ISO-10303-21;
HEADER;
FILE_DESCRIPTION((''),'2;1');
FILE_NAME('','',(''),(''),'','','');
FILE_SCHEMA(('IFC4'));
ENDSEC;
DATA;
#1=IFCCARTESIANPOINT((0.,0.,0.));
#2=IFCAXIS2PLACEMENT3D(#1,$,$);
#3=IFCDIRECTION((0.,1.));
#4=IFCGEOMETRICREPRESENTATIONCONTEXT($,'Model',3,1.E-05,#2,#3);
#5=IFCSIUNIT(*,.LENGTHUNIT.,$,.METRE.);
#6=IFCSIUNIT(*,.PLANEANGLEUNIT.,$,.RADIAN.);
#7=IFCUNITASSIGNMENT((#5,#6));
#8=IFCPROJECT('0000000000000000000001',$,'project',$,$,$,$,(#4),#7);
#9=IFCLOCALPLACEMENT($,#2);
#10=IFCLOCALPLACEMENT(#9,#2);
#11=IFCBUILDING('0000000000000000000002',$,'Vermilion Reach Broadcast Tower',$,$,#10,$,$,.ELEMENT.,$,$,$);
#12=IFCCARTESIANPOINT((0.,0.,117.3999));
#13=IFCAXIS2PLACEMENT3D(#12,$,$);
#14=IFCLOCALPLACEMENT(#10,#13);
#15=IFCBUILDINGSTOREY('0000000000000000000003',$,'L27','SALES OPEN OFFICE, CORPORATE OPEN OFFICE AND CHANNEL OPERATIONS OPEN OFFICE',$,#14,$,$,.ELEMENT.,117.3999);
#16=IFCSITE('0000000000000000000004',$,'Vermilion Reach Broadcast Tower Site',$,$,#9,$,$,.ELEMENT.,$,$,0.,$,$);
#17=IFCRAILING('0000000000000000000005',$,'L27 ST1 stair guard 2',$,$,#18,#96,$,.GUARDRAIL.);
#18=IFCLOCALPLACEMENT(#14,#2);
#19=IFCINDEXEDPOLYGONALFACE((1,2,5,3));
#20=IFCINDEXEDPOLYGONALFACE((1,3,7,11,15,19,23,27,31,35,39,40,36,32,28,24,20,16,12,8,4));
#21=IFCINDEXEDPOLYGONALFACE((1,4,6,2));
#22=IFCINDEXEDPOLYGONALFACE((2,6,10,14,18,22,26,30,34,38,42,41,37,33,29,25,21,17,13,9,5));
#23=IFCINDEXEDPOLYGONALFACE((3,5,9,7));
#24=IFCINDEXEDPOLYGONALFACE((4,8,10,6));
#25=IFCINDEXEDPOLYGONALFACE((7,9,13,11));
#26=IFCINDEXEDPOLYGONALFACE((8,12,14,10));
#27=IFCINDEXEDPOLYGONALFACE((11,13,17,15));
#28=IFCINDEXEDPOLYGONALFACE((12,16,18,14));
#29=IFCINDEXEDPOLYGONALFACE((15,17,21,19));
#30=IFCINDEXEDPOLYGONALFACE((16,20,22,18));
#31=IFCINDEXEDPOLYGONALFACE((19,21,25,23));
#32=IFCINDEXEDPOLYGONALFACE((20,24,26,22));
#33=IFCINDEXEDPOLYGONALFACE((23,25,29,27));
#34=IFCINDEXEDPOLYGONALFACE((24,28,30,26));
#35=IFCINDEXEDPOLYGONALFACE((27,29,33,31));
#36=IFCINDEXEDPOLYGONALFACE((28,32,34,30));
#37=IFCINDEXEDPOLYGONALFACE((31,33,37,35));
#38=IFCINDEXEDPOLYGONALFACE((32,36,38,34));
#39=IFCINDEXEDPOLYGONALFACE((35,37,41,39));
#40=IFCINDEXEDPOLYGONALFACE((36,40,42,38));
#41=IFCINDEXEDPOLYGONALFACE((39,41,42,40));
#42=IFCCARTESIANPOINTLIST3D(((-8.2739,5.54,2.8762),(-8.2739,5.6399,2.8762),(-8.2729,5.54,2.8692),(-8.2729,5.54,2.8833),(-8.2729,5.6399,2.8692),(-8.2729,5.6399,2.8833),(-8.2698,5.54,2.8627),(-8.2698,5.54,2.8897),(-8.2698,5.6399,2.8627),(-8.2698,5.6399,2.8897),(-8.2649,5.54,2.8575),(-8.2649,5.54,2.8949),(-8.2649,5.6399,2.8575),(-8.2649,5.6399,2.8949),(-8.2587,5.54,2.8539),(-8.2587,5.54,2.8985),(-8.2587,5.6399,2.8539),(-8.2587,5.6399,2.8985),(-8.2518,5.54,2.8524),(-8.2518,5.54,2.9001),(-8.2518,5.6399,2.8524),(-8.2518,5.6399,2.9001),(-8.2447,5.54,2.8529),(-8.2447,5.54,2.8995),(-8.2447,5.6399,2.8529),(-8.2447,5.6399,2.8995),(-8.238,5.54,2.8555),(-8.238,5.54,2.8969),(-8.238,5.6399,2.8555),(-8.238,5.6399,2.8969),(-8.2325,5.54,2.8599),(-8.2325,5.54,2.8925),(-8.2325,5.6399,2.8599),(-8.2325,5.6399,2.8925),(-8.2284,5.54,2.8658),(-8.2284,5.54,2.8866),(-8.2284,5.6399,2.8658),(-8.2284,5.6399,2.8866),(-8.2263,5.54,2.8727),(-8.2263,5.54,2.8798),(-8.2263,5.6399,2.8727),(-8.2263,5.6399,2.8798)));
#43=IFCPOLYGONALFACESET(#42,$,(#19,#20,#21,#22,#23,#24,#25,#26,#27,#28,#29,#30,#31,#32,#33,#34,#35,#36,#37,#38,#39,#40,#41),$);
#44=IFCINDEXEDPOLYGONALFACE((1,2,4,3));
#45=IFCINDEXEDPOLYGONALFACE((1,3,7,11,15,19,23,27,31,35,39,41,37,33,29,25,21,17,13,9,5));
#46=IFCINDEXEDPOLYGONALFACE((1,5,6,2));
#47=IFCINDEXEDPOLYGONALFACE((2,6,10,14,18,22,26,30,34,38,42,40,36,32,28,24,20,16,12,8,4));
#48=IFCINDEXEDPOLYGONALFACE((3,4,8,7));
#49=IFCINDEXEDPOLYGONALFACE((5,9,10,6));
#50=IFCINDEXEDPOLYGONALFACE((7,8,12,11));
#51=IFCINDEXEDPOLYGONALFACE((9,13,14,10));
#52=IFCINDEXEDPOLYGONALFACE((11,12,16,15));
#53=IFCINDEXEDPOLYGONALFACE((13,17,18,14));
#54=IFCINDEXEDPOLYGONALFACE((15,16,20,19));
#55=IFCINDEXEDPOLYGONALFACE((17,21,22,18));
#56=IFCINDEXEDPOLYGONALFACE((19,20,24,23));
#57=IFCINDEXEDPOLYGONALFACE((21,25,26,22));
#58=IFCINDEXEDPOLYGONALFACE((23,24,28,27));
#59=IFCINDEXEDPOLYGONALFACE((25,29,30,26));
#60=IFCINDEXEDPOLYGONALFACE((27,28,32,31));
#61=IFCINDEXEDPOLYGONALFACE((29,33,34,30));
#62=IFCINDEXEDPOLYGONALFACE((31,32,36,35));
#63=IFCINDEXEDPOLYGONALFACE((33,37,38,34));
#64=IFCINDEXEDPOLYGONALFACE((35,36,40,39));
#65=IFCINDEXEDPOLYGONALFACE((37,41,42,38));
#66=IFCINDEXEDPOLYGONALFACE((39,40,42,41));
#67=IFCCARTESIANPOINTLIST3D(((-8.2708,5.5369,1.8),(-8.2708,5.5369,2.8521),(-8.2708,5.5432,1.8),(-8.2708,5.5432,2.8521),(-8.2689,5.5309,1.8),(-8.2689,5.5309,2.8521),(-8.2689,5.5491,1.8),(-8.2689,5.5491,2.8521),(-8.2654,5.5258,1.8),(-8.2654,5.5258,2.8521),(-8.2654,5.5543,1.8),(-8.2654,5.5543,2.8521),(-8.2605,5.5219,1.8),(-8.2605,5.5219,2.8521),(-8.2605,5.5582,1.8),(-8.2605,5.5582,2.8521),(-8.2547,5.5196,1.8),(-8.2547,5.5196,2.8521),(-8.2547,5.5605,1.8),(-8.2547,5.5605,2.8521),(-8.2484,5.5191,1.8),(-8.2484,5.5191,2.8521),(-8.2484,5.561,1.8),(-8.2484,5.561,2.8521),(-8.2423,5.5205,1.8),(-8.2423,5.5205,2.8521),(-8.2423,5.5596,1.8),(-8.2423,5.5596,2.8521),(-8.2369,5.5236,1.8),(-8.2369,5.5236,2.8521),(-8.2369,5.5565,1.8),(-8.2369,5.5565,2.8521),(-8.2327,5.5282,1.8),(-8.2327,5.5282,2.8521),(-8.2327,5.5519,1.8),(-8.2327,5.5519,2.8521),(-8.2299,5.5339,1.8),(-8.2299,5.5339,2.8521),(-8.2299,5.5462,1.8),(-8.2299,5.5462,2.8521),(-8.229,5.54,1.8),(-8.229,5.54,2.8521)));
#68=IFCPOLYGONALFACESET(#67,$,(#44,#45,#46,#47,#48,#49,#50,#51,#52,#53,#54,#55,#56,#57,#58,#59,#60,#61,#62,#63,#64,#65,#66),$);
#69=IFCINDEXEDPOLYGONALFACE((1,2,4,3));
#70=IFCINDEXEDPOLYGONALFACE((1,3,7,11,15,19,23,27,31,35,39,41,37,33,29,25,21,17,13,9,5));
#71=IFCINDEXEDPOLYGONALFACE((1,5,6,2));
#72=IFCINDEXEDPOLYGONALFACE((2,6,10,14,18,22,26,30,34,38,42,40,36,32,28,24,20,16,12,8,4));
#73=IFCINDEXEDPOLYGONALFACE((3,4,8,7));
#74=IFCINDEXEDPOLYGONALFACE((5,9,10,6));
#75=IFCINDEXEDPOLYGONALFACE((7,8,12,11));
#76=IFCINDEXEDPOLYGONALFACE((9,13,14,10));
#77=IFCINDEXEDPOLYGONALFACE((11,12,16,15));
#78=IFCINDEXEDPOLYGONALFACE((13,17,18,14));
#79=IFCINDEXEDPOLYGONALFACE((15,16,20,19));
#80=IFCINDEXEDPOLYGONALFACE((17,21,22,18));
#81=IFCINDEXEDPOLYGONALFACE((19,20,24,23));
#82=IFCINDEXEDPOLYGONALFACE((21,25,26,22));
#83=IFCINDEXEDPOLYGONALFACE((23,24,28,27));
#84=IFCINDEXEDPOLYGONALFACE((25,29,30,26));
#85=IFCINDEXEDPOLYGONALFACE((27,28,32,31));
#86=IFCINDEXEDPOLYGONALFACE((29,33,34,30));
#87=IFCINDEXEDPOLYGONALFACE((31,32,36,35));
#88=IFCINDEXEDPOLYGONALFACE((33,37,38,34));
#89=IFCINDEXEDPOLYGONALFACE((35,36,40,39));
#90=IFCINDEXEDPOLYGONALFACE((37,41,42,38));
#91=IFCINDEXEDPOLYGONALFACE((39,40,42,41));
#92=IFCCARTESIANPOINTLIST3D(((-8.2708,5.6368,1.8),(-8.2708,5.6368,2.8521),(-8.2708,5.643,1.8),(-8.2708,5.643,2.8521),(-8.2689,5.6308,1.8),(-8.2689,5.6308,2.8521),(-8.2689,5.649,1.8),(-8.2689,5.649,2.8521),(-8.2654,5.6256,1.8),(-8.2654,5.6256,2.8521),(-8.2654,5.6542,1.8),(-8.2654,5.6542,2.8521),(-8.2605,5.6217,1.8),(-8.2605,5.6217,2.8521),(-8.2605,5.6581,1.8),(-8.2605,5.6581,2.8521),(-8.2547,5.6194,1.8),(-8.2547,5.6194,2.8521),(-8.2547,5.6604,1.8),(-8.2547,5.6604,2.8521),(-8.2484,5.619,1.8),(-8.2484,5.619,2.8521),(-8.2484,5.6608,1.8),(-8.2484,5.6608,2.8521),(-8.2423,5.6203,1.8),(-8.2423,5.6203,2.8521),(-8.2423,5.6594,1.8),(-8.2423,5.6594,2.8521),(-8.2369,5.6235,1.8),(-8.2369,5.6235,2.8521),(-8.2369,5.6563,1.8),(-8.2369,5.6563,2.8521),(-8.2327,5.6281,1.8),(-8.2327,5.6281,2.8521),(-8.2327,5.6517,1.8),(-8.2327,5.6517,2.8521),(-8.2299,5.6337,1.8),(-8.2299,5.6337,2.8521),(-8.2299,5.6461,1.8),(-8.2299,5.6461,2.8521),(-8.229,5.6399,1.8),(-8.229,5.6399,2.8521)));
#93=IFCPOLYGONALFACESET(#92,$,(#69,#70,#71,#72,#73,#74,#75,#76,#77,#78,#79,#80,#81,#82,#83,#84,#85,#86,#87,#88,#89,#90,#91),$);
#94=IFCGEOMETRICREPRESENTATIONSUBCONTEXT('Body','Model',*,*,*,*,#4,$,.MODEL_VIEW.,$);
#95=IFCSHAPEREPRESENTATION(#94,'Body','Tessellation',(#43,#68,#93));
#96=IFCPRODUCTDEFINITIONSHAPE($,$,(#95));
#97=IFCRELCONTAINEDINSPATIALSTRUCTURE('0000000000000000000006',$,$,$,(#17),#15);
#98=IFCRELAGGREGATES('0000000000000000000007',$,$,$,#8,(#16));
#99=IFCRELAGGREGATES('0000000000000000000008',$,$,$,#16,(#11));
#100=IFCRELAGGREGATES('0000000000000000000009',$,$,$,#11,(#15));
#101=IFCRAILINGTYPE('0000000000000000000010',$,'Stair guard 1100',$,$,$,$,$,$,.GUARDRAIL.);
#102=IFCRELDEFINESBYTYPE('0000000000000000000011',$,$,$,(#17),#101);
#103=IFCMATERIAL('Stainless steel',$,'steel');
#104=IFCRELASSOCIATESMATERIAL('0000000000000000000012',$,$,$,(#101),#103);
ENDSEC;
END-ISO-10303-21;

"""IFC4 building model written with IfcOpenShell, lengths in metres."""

from ifc_helpers import new_model, si_unit, direction, frame, origin, origin_2d, place, context, subcontext, project, spatial, circle, extrude, material, type_object, element, save


model = new_model("IFC4")

# Units and contexts
model_context = context("Model", 3, precision=1e-05, world=origin(), true_north=direction((0.0, 1.0)))
body_context = subcontext(model_context, "Body", "Model", "MODEL_VIEW")
ifc_project = project(units=[si_unit("LENGTHUNIT", "METRE"), si_unit("PLANEANGLEUNIT", "RADIAN")], contexts=[model_context])

# Site, building, storey
site_placement = place(None, origin())
site = spatial("IfcSite", under=ifc_project, at=site_placement, Name="Vermilion Reach Broadcast Tower Site", CompositionType="ELEMENT", RefElevation=0.0)
building_placement = place(site_placement, origin())
building = spatial("IfcBuilding", under=site, at=building_placement, Name="Vermilion Reach Broadcast Tower", CompositionType="ELEMENT")
storey_placement = place(building_placement, frame((0.0, 0.0, 117.3999)))
storey = spatial("IfcBuildingStorey", under=building, at=storey_placement, Name="L27", Description="SALES OPEN OFFICE, CORPORATE OPEN OFFICE AND CHANNEL OPERATIONS OPEN OFFICE", CompositionType="ELEMENT", Elevation=117.3999)

# Railing
ifc_material_1 = material(Name="Stainless steel", Category="steel")
railing_type_1 = type_object("IfcRailingType", Name="Stair guard 1100", PredefinedType="GUARDRAIL", material=ifc_material_1)
railing_1_placement = place(storey_placement, frame((-8.25, 5.54, 1.8)))
element("IfcRailing", 1, at=railing_1_placement, inside=storey, type_object=railing_type_1, Name="L27 ST1 stair guard 2", PredefinedType="GUARDRAIL", context=body_context, shape_type="SweptSolid", body=[
    extrude(circle(Radius=0.0239, at=origin_2d()), frame((0.0, 0.0, 1.0762), z_axis=(0.0, 1.0, 0.0), x_axis=(-1.0, 0.0, 0.0)), (0.0, 0.0, 1.0), 0.0999),
    extrude(circle(Radius=0.021, at=origin_2d()), origin(), (0.0, 0.0, 1.0), 1.052),
    extrude(circle(Radius=0.021, at=origin_2d()), frame((0.0, 0.0999, 0.0)), (0.0, 0.0, 1.0), 1.052),
])

save(model, "model.ifc")
